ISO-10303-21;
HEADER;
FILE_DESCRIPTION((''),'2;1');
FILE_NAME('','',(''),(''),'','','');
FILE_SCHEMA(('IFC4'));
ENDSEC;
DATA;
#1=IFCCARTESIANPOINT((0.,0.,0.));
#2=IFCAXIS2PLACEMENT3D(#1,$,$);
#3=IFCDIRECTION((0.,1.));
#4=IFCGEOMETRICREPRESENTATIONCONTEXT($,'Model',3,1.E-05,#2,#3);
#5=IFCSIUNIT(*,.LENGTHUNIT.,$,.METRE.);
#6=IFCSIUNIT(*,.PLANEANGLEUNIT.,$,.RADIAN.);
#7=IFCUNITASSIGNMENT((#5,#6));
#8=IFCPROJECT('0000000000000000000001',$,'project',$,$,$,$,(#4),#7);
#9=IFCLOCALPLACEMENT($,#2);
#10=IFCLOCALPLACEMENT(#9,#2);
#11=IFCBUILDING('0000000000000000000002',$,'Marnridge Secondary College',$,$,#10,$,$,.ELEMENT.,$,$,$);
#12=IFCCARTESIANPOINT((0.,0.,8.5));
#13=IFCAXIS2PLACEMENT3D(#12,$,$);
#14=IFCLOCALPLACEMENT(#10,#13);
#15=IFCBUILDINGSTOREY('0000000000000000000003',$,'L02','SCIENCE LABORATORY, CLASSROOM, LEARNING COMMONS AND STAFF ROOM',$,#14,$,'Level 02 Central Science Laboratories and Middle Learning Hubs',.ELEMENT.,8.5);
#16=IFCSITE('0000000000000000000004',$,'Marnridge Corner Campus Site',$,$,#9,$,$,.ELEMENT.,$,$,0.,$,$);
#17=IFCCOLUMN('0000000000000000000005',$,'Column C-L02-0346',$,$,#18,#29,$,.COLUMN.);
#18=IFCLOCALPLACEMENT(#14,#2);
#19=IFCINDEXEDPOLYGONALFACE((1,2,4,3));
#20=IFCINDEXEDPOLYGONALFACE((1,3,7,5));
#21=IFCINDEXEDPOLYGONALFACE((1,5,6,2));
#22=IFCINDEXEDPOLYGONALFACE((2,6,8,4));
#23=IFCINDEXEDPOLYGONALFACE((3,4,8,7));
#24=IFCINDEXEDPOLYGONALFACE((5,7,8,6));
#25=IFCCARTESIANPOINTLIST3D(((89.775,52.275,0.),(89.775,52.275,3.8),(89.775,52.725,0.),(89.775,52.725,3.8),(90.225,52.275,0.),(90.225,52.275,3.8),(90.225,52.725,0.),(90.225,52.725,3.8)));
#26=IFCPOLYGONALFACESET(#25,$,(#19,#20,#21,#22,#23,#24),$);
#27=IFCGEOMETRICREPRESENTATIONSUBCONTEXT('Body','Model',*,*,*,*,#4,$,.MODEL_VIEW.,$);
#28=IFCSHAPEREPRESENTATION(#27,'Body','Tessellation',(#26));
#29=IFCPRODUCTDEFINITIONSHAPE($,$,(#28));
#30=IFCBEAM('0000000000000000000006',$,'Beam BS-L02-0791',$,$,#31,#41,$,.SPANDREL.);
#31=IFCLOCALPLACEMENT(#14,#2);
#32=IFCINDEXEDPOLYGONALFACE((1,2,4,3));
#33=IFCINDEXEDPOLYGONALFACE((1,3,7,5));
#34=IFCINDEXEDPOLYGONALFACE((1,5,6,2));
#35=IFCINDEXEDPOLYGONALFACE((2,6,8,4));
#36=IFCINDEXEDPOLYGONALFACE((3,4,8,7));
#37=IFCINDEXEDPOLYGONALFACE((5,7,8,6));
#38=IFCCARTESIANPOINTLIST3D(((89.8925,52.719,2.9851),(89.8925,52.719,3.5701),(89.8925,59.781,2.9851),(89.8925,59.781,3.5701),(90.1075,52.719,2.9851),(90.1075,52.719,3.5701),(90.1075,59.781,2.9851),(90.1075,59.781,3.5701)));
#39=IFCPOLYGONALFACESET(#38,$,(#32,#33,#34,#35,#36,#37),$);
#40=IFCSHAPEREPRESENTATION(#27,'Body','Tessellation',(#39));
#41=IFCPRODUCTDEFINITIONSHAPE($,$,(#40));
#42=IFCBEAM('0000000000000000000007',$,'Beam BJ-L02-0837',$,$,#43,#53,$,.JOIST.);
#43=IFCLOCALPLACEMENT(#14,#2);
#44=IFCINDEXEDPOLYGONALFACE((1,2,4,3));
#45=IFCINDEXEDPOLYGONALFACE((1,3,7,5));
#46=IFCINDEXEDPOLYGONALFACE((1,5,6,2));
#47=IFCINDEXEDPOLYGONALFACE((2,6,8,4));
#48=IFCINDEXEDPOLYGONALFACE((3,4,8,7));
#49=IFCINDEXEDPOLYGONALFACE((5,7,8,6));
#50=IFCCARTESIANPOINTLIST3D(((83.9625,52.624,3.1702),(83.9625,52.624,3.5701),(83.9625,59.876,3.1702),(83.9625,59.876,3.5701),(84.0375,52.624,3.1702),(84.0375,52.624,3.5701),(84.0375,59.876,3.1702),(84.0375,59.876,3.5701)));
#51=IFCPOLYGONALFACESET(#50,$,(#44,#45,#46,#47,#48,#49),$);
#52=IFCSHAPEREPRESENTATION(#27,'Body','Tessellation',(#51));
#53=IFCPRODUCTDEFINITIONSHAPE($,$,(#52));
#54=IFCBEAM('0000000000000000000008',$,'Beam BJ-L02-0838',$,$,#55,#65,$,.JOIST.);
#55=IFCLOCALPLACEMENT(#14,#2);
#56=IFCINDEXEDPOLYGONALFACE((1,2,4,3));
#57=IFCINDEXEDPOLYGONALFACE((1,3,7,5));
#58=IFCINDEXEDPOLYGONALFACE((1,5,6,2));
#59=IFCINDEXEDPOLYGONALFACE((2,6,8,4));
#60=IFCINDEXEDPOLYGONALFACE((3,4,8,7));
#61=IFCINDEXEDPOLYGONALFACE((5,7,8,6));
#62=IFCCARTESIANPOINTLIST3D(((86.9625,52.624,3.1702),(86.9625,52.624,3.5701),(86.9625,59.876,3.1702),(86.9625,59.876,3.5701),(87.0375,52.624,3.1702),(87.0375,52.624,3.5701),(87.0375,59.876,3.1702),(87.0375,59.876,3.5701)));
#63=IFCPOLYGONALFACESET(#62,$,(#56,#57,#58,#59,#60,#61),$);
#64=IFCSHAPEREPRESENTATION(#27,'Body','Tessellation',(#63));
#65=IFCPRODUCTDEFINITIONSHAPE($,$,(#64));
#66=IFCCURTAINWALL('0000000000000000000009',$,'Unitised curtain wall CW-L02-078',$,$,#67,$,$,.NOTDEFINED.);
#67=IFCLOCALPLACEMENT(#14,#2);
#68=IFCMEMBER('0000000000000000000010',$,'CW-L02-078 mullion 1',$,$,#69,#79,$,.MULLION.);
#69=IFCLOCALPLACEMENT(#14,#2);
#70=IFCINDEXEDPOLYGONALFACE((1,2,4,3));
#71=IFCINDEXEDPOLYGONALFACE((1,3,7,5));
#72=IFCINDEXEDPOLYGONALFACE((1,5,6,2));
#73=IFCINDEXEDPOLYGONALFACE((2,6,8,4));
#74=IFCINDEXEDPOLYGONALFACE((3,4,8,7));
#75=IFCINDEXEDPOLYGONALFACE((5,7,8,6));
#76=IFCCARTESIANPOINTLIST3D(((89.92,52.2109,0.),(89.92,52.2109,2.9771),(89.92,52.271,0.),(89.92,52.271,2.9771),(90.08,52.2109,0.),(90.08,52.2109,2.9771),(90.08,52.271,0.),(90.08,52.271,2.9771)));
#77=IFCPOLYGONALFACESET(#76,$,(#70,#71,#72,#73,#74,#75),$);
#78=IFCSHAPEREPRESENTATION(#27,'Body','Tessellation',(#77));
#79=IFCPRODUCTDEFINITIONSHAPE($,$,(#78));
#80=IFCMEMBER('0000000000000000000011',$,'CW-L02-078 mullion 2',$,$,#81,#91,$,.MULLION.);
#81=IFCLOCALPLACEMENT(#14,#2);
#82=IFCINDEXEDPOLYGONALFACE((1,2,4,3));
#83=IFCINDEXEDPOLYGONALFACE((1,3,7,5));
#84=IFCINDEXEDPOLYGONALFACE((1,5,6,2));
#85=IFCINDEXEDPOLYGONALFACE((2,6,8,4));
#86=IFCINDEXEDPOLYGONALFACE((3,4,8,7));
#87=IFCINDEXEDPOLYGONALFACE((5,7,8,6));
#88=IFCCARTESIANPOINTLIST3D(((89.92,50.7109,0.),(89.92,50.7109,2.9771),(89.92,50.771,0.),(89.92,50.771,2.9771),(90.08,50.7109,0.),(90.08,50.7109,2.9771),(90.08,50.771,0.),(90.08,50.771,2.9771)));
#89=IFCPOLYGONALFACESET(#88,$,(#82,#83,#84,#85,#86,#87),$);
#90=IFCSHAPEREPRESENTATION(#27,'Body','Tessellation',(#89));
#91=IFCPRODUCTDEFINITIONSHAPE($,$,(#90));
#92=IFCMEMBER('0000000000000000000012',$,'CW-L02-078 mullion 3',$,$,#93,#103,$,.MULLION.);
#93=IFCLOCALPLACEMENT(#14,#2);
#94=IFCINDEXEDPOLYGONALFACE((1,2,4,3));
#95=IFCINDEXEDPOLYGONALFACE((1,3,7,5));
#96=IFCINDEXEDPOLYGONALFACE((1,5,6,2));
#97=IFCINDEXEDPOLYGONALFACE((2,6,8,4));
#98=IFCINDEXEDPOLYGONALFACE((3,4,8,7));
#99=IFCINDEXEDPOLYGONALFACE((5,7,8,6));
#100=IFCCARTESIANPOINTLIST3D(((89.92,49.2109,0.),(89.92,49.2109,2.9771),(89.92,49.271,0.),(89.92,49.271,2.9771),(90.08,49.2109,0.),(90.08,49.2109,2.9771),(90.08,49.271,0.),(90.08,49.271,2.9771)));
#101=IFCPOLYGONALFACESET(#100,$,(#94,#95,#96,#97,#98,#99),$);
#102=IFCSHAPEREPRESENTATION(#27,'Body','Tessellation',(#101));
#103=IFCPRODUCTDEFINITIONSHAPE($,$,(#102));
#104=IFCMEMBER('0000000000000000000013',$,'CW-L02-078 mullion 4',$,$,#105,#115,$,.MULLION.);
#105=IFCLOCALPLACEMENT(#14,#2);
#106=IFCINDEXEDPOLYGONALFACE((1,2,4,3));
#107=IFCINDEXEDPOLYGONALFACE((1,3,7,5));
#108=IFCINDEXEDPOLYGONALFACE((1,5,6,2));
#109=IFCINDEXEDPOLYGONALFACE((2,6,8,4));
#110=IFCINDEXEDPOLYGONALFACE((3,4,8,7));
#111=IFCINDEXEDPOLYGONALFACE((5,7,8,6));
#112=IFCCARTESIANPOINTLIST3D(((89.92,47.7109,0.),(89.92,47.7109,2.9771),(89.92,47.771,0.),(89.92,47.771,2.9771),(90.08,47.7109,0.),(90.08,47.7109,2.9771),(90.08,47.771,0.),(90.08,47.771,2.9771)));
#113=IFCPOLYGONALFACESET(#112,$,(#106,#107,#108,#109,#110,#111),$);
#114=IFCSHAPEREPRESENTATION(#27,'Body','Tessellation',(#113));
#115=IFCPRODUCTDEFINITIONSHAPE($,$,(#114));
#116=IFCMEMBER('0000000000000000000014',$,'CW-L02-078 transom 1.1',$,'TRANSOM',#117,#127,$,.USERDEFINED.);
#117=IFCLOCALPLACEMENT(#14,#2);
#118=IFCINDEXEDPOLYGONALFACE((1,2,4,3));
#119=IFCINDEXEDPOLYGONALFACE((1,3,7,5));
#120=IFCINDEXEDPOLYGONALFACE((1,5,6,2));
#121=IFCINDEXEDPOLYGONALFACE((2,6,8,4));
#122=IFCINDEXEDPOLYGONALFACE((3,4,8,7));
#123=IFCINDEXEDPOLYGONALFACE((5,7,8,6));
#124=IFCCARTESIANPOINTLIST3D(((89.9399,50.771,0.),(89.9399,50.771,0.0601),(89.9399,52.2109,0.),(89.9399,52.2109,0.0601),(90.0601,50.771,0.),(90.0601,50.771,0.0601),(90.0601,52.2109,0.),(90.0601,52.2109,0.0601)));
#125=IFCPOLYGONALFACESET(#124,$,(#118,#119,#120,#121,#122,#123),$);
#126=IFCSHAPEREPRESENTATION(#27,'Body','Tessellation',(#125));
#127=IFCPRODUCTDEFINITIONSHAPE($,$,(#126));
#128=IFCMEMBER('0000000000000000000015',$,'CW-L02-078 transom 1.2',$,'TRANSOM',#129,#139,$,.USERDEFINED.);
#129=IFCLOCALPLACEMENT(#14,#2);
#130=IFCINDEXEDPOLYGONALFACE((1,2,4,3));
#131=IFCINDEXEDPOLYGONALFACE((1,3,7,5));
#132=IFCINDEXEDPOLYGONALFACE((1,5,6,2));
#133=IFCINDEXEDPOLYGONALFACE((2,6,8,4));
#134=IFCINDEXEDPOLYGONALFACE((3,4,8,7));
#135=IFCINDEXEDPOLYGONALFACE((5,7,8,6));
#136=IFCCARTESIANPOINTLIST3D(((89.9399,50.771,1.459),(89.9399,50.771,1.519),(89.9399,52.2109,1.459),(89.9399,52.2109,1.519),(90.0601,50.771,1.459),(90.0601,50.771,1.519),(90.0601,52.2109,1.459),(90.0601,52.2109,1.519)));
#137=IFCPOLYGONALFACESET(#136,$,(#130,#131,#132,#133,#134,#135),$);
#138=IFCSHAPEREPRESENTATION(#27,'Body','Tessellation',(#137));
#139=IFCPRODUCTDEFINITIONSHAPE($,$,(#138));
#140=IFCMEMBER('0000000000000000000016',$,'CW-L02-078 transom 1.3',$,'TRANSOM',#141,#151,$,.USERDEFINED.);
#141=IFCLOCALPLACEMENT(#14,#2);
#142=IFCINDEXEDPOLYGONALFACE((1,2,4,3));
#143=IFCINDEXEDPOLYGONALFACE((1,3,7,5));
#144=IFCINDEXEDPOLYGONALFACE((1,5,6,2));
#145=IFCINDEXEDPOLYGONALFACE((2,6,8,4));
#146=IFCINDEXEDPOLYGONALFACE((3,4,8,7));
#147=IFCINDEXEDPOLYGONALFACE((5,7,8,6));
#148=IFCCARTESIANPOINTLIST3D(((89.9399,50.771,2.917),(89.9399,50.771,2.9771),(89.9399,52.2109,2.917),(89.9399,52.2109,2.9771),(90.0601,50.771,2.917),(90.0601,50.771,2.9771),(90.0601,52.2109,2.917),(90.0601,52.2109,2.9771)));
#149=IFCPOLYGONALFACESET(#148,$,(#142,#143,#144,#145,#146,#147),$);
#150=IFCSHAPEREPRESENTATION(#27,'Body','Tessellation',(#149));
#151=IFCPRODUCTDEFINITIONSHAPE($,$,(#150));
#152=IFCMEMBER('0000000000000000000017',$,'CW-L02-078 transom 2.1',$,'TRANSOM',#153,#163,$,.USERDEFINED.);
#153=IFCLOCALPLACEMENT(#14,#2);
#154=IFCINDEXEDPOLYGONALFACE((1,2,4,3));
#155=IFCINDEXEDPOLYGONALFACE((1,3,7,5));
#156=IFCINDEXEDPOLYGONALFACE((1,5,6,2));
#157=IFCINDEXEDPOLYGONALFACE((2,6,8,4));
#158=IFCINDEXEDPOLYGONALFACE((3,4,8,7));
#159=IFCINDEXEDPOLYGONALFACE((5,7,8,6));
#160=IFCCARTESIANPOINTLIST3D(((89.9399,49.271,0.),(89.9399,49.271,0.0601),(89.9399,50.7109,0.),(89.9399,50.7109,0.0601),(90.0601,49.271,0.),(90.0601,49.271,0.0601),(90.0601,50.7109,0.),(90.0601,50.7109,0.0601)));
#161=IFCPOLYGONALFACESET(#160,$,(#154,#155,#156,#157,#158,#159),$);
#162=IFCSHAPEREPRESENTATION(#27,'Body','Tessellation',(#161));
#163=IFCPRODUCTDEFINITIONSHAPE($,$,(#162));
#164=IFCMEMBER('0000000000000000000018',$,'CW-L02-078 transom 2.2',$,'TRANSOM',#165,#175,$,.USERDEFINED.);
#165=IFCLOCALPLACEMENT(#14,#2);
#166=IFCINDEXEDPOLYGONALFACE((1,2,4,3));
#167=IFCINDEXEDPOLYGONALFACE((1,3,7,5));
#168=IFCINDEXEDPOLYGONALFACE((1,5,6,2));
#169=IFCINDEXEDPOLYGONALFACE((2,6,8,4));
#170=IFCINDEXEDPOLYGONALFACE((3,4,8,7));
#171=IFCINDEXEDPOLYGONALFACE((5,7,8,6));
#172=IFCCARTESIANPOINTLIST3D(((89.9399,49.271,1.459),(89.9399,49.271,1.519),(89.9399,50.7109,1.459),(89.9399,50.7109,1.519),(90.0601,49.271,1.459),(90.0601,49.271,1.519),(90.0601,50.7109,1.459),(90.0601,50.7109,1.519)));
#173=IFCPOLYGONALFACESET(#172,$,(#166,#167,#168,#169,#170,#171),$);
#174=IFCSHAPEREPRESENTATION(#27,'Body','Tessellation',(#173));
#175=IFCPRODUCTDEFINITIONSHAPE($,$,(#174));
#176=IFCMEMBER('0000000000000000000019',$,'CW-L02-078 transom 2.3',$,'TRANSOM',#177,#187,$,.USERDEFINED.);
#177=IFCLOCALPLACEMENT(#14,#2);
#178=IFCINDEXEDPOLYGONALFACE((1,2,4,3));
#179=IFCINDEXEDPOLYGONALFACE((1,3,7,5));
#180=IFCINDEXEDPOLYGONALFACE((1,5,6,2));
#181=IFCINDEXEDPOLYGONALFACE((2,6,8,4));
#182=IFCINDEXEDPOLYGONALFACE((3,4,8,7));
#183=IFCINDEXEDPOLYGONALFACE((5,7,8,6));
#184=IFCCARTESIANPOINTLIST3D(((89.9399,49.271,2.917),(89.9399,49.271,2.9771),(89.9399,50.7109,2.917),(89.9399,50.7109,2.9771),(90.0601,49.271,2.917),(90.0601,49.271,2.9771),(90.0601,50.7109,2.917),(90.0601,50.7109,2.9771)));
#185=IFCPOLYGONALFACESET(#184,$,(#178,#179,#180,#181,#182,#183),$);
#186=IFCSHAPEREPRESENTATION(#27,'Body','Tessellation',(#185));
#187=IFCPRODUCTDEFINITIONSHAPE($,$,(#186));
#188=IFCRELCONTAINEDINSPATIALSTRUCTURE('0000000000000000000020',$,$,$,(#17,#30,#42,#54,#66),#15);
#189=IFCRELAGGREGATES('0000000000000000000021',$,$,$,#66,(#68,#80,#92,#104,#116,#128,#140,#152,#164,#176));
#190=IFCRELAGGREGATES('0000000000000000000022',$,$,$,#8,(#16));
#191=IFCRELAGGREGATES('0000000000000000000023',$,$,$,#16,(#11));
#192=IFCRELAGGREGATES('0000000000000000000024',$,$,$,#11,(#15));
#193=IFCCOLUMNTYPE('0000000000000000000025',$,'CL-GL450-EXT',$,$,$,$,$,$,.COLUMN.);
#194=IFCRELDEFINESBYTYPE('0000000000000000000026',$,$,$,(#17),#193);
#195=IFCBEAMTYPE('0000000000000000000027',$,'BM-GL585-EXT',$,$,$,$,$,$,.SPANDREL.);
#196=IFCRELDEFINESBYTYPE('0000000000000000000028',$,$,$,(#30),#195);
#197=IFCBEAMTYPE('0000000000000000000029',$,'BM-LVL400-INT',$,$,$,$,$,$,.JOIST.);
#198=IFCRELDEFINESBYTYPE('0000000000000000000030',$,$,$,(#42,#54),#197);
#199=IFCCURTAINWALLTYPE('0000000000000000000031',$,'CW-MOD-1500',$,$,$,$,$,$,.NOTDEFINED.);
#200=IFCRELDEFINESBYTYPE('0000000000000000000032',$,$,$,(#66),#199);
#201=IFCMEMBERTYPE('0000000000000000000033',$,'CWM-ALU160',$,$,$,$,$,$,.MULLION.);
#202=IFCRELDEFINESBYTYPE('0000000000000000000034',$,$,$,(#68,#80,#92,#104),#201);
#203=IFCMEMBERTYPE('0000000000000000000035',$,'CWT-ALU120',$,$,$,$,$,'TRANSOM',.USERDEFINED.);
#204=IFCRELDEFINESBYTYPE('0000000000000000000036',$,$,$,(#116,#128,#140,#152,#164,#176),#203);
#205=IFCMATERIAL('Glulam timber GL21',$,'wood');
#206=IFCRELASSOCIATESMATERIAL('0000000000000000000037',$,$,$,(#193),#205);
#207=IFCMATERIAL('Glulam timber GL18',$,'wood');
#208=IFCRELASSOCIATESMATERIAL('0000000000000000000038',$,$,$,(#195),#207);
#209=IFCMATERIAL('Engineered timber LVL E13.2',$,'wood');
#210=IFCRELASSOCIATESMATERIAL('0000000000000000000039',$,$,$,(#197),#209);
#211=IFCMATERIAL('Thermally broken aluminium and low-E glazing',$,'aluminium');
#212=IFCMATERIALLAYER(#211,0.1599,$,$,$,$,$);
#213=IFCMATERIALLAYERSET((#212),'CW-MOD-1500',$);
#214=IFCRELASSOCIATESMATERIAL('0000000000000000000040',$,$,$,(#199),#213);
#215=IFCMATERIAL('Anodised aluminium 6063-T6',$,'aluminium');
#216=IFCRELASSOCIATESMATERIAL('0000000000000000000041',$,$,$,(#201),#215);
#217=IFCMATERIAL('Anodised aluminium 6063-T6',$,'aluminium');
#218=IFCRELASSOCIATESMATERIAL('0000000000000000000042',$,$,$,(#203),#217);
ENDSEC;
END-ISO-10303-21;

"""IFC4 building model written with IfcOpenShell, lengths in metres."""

from ifc_helpers import new_model, si_unit, direction, frame, origin, origin_2d, place, context, subcontext, project, spatial, rectangle, extrude, material, layer, layer_set, material_profile, profile_set, type_object, element, aggregate, save


model = new_model("IFC4")

# Units and contexts
model_context = context("Model", 3, precision=1e-05, world=origin(), true_north=direction((0.0, 1.0)))
body_context = subcontext(model_context, "Body", "Model", "MODEL_VIEW")
ifc_project = project(units=[si_unit("LENGTHUNIT", "METRE"), si_unit("PLANEANGLEUNIT", "RADIAN")], contexts=[model_context])

# Site, building, storey
site_placement = place(None, origin())
site = spatial("IfcSite", under=ifc_project, at=site_placement, Name="Marnridge Corner Campus Site", CompositionType="ELEMENT", RefElevation=0.0)
building_placement = place(site_placement, origin())
building = spatial("IfcBuilding", under=site, at=building_placement, Name="Marnridge Secondary College", CompositionType="ELEMENT")
storey_placement = place(building_placement, frame((0.0, 0.0, 8.5)))
storey = spatial("IfcBuildingStorey", under=building, at=storey_placement, Name="L02", Description="SCIENCE LABORATORY, CLASSROOM, LEARNING COMMONS AND STAFF ROOM", LongName="Level 02 Central Science Laboratories and Middle Learning Hubs", CompositionType="ELEMENT", Elevation=8.5)

# Column
ifc_material_1 = material(Name="Glulam timber GL21", Category="wood")
ifc_material_profile_1 = material_profile(ifc_material_1, rectangle(XDim=0.45, YDim=0.45, at=origin_2d()), Name="GL21 450x450")
ifc_profile_set_1 = profile_set([ifc_material_profile_1], Name="Glulam timber GL21")
column_type = type_object("IfcColumnType", Name="CL-GL450-EXT", PredefinedType="COLUMN", material=ifc_profile_set_1)
column_placement = place(storey_placement, frame((90.0, 52.5, 0.0), z_axis=(0.0, 0.0, 1.0), x_axis=(1.0, 0.0, 0.0)))
element("IfcColumn", 1, at=column_placement, inside=storey, type_object=column_type, Name="Column C-L02-0346", PredefinedType="COLUMN", context=body_context, shape_type="SweptSolid", body=[
    extrude(rectangle(XDim=0.45, YDim=0.45, at=origin_2d()), origin(), (0.0, 0.0, 1.0), 3.8),
])

# Beams
ifc_material_2 = material(Name="Glulam timber GL18", Category="wood")
ifc_material_profile_2 = material_profile(ifc_material_2, rectangle(XDim=0.2151, YDim=0.585, at=origin_2d()), Name="GL18 215x585")
ifc_profile_set_2 = profile_set([ifc_material_profile_2], Name="Glulam timber GL18")
beam_type_1 = type_object("IfcBeamType", Name="BM-GL585-EXT", PredefinedType="SPANDREL", material=ifc_profile_set_2)
beam_placement = place(storey_placement, frame((90.0, 52.719, 3.2776), z_axis=(0.0, 1.0, 0.0), x_axis=(-1.0, 0.0, 0.0)))
element("IfcBeam", 2, at=beam_placement, inside=storey, type_object=beam_type_1, Name="Beam BS-L02-0791", PredefinedType="SPANDREL", context=body_context, shape_type="SweptSolid", body=[
    extrude(rectangle(XDim=0.2151, YDim=0.585, at=origin_2d()), origin(), (0.0, 0.0, 1.0), 7.062),
])
ifc_material_3 = material(Name="Engineered timber LVL E13.2", Category="wood")
ifc_material_profile_3 = material_profile(ifc_material_3, rectangle(XDim=0.075, YDim=0.3999, at=origin_2d()), Name="LVL 75x400")
ifc_profile_set_3 = profile_set([ifc_material_profile_3], Name="Engineered timber LVL E13.2")
beam_type_2 = type_object("IfcBeamType", Name="BM-LVL400-INT", PredefinedType="JOIST", material=ifc_profile_set_3)
for number, where, z_axis, x_axis, name in (
    (3, (84.0, 52.624, 3.3701), (0.0, 1.0, 0.0), (-1.0, 0.0, 0.0), "Beam BJ-L02-0837"),
    (4, (87.0, 52.624, 3.3701), (0.0, 1.0, 0.0), (-1.0, 0.0, 0.0), "Beam BJ-L02-0838"),
):
    element("IfcBeam", number, at=place(storey_placement, frame(where, z_axis=z_axis, x_axis=x_axis)), inside=storey, type_object=beam_type_2, Name=name, PredefinedType="JOIST", context=body_context, shape_type="SweptSolid", body=[
        extrude(rectangle(XDim=0.075, YDim=0.3999, at=origin_2d()), origin(), (0.0, 0.0, 1.0), 7.252),
    ])

# Curtain wall, members
ifc_material_4 = material(Name="Thermally broken aluminium and low-E glazing", Category="aluminium")
ifc_layer_1 = layer(ifc_material_4, 0.1599)
ifc_layer_set_1 = layer_set([ifc_layer_1], Name="CW-MOD-1500")
curtain_wall_type = type_object("IfcCurtainWallType", Name="CW-MOD-1500", PredefinedType="NOTDEFINED", material=ifc_layer_set_1)
curtain_wall_placement = place(storey_placement, origin())
curtain_wall = element("IfcCurtainWall", 5, at=curtain_wall_placement, inside=storey, type_object=curtain_wall_type, Name="Unitised curtain wall CW-L02-078", PredefinedType="NOTDEFINED")
ifc_material_5 = material(Name="Anodised aluminium 6063-T6", Category="aluminium")
ifc_material_profile_4 = material_profile(ifc_material_5, rectangle(XDim=0.0601, YDim=0.1599, at=origin_2d()), Name="ALU 60x160")
ifc_profile_set_4 = profile_set([ifc_material_profile_4], Name="Anodised aluminium 6063-T6")
member_type_1 = type_object("IfcMemberType", Name="CWM-ALU160", PredefinedType="MULLION", material=ifc_profile_set_4)
member_1_placement = place(storey_placement, frame((90.0, 52.241, 0.0), z_axis=(0.0, 0.0, 1.0), x_axis=(0.0, -1.0, 0.0)))
member_1 = element("IfcMember", 6, at=member_1_placement, type_object=member_type_1, Name="CW-L02-078 mullion 1", PredefinedType="MULLION", context=body_context, shape_type="SweptSolid", body=[
    extrude(rectangle(XDim=0.0601, YDim=0.1599, at=origin_2d()), origin(), (0.0, 0.0, 1.0), 2.9771),
])
member_2_placement = place(storey_placement, frame((90.0, 50.741, 0.0), z_axis=(0.0, 0.0, 1.0), x_axis=(0.0, -1.0, 0.0)))
member_2 = element("IfcMember", 7, at=member_2_placement, type_object=member_type_1, Name="CW-L02-078 mullion 2", PredefinedType="MULLION", context=body_context, shape_type="SweptSolid", body=[
    extrude(rectangle(XDim=0.0601, YDim=0.1599, at=origin_2d()), origin(), (0.0, 0.0, 1.0), 2.9771),
])
member_3_placement = place(storey_placement, frame((90.0, 49.241, 0.0), z_axis=(0.0, 0.0, 1.0), x_axis=(0.0, -1.0, 0.0)))
member_3 = element("IfcMember", 8, at=member_3_placement, type_object=member_type_1, Name="CW-L02-078 mullion 3", PredefinedType="MULLION", context=body_context, shape_type="SweptSolid", body=[
    extrude(rectangle(XDim=0.0601, YDim=0.1599, at=origin_2d()), origin(), (0.0, 0.0, 1.0), 2.9771),
])
member_4_placement = place(storey_placement, frame((90.0, 47.741, 0.0), z_axis=(0.0, 0.0, 1.0), x_axis=(0.0, -1.0, 0.0)))
member_4 = element("IfcMember", 9, at=member_4_placement, type_object=member_type_1, Name="CW-L02-078 mullion 4", PredefinedType="MULLION", context=body_context, shape_type="SweptSolid", body=[
    extrude(rectangle(XDim=0.0601, YDim=0.1599, at=origin_2d()), origin(), (0.0, 0.0, 1.0), 2.9771),
])
ifc_material_6 = material(Name="Anodised aluminium 6063-T6", Category="aluminium")
ifc_material_profile_5 = material_profile(ifc_material_6, rectangle(XDim=0.0601, YDim=0.1201, at=origin_2d()), Name="ALU 60x120")
ifc_profile_set_5 = profile_set([ifc_material_profile_5], Name="Anodised aluminium 6063-T6")
member_type_2 = type_object("IfcMemberType", Name="CWT-ALU120", ElementType="TRANSOM", PredefinedType="USERDEFINED", material=ifc_profile_set_5)
member_5_placement = place(storey_placement, frame((90.0, 52.2109, 0.03), z_axis=(0.0, -1.0, 0.0), x_axis=(0.0, 0.0, 1.0)))
member_5 = element("IfcMember", 10, at=member_5_placement, type_object=member_type_2, Name="CW-L02-078 transom 1.1", ObjectType="TRANSOM", PredefinedType="USERDEFINED", context=body_context, shape_type="SweptSolid", body=[
    extrude(rectangle(XDim=0.0601, YDim=0.1201, at=origin_2d()), origin(), (0.0, 0.0, 1.0), 1.4399),
])
member_6_placement = place(storey_placement, frame((90.0, 52.2109, 1.489), z_axis=(0.0, -1.0, 0.0), x_axis=(0.0, 0.0, 1.0)))
member_6 = element("IfcMember", 11, at=member_6_placement, type_object=member_type_2, Name="CW-L02-078 transom 1.2", ObjectType="TRANSOM", PredefinedType="USERDEFINED", context=body_context, shape_type="SweptSolid", body=[
    extrude(rectangle(XDim=0.0601, YDim=0.1201, at=origin_2d()), origin(), (0.0, 0.0, 1.0), 1.4399),
])
member_7_placement = place(storey_placement, frame((90.0, 52.2109, 2.947), z_axis=(0.0, -1.0, 0.0), x_axis=(0.0, 0.0, 1.0)))
member_7 = element("IfcMember", 12, at=member_7_placement, type_object=member_type_2, Name="CW-L02-078 transom 1.3", ObjectType="TRANSOM", PredefinedType="USERDEFINED", context=body_context, shape_type="SweptSolid", body=[
    extrude(rectangle(XDim=0.0601, YDim=0.1201, at=origin_2d()), origin(), (0.0, 0.0, 1.0), 1.4399),
])
member_8_placement = place(storey_placement, frame((90.0, 50.7109, 0.03), z_axis=(0.0, -1.0, 0.0), x_axis=(0.0, 0.0, 1.0)))
member_8 = element("IfcMember", 13, at=member_8_placement, type_object=member_type_2, Name="CW-L02-078 transom 2.1", ObjectType="TRANSOM", PredefinedType="USERDEFINED", context=body_context, shape_type="SweptSolid", body=[
    extrude(rectangle(XDim=0.0601, YDim=0.1201, at=origin_2d()), origin(), (0.0, 0.0, 1.0), 1.4399),
])
member_9_placement = place(storey_placement, frame((90.0, 50.7109, 1.489), z_axis=(0.0, -1.0, 0.0), x_axis=(0.0, 0.0, 1.0)))
member_9 = element("IfcMember", 14, at=member_9_placement, type_object=member_type_2, Name="CW-L02-078 transom 2.2", ObjectType="TRANSOM", PredefinedType="USERDEFINED", context=body_context, shape_type="SweptSolid", body=[
    extrude(rectangle(XDim=0.0601, YDim=0.1201, at=origin_2d()), origin(), (0.0, 0.0, 1.0), 1.4399),
])
member_10_placement = place(storey_placement, frame((90.0, 50.7109, 2.947), z_axis=(0.0, -1.0, 0.0), x_axis=(0.0, 0.0, 1.0)))
member_10 = element("IfcMember", 15, at=member_10_placement, type_object=member_type_2, Name="CW-L02-078 transom 2.3", ObjectType="TRANSOM", PredefinedType="USERDEFINED", context=body_context, shape_type="SweptSolid", body=[
    extrude(rectangle(XDim=0.0601, YDim=0.1201, at=origin_2d()), origin(), (0.0, 0.0, 1.0), 1.4399),
])
aggregate(curtain_wall, [member_1, member_2, member_3, member_4, member_5, member_6, member_7, member_8, member_9, member_10])

save(model, "model.ifc")
